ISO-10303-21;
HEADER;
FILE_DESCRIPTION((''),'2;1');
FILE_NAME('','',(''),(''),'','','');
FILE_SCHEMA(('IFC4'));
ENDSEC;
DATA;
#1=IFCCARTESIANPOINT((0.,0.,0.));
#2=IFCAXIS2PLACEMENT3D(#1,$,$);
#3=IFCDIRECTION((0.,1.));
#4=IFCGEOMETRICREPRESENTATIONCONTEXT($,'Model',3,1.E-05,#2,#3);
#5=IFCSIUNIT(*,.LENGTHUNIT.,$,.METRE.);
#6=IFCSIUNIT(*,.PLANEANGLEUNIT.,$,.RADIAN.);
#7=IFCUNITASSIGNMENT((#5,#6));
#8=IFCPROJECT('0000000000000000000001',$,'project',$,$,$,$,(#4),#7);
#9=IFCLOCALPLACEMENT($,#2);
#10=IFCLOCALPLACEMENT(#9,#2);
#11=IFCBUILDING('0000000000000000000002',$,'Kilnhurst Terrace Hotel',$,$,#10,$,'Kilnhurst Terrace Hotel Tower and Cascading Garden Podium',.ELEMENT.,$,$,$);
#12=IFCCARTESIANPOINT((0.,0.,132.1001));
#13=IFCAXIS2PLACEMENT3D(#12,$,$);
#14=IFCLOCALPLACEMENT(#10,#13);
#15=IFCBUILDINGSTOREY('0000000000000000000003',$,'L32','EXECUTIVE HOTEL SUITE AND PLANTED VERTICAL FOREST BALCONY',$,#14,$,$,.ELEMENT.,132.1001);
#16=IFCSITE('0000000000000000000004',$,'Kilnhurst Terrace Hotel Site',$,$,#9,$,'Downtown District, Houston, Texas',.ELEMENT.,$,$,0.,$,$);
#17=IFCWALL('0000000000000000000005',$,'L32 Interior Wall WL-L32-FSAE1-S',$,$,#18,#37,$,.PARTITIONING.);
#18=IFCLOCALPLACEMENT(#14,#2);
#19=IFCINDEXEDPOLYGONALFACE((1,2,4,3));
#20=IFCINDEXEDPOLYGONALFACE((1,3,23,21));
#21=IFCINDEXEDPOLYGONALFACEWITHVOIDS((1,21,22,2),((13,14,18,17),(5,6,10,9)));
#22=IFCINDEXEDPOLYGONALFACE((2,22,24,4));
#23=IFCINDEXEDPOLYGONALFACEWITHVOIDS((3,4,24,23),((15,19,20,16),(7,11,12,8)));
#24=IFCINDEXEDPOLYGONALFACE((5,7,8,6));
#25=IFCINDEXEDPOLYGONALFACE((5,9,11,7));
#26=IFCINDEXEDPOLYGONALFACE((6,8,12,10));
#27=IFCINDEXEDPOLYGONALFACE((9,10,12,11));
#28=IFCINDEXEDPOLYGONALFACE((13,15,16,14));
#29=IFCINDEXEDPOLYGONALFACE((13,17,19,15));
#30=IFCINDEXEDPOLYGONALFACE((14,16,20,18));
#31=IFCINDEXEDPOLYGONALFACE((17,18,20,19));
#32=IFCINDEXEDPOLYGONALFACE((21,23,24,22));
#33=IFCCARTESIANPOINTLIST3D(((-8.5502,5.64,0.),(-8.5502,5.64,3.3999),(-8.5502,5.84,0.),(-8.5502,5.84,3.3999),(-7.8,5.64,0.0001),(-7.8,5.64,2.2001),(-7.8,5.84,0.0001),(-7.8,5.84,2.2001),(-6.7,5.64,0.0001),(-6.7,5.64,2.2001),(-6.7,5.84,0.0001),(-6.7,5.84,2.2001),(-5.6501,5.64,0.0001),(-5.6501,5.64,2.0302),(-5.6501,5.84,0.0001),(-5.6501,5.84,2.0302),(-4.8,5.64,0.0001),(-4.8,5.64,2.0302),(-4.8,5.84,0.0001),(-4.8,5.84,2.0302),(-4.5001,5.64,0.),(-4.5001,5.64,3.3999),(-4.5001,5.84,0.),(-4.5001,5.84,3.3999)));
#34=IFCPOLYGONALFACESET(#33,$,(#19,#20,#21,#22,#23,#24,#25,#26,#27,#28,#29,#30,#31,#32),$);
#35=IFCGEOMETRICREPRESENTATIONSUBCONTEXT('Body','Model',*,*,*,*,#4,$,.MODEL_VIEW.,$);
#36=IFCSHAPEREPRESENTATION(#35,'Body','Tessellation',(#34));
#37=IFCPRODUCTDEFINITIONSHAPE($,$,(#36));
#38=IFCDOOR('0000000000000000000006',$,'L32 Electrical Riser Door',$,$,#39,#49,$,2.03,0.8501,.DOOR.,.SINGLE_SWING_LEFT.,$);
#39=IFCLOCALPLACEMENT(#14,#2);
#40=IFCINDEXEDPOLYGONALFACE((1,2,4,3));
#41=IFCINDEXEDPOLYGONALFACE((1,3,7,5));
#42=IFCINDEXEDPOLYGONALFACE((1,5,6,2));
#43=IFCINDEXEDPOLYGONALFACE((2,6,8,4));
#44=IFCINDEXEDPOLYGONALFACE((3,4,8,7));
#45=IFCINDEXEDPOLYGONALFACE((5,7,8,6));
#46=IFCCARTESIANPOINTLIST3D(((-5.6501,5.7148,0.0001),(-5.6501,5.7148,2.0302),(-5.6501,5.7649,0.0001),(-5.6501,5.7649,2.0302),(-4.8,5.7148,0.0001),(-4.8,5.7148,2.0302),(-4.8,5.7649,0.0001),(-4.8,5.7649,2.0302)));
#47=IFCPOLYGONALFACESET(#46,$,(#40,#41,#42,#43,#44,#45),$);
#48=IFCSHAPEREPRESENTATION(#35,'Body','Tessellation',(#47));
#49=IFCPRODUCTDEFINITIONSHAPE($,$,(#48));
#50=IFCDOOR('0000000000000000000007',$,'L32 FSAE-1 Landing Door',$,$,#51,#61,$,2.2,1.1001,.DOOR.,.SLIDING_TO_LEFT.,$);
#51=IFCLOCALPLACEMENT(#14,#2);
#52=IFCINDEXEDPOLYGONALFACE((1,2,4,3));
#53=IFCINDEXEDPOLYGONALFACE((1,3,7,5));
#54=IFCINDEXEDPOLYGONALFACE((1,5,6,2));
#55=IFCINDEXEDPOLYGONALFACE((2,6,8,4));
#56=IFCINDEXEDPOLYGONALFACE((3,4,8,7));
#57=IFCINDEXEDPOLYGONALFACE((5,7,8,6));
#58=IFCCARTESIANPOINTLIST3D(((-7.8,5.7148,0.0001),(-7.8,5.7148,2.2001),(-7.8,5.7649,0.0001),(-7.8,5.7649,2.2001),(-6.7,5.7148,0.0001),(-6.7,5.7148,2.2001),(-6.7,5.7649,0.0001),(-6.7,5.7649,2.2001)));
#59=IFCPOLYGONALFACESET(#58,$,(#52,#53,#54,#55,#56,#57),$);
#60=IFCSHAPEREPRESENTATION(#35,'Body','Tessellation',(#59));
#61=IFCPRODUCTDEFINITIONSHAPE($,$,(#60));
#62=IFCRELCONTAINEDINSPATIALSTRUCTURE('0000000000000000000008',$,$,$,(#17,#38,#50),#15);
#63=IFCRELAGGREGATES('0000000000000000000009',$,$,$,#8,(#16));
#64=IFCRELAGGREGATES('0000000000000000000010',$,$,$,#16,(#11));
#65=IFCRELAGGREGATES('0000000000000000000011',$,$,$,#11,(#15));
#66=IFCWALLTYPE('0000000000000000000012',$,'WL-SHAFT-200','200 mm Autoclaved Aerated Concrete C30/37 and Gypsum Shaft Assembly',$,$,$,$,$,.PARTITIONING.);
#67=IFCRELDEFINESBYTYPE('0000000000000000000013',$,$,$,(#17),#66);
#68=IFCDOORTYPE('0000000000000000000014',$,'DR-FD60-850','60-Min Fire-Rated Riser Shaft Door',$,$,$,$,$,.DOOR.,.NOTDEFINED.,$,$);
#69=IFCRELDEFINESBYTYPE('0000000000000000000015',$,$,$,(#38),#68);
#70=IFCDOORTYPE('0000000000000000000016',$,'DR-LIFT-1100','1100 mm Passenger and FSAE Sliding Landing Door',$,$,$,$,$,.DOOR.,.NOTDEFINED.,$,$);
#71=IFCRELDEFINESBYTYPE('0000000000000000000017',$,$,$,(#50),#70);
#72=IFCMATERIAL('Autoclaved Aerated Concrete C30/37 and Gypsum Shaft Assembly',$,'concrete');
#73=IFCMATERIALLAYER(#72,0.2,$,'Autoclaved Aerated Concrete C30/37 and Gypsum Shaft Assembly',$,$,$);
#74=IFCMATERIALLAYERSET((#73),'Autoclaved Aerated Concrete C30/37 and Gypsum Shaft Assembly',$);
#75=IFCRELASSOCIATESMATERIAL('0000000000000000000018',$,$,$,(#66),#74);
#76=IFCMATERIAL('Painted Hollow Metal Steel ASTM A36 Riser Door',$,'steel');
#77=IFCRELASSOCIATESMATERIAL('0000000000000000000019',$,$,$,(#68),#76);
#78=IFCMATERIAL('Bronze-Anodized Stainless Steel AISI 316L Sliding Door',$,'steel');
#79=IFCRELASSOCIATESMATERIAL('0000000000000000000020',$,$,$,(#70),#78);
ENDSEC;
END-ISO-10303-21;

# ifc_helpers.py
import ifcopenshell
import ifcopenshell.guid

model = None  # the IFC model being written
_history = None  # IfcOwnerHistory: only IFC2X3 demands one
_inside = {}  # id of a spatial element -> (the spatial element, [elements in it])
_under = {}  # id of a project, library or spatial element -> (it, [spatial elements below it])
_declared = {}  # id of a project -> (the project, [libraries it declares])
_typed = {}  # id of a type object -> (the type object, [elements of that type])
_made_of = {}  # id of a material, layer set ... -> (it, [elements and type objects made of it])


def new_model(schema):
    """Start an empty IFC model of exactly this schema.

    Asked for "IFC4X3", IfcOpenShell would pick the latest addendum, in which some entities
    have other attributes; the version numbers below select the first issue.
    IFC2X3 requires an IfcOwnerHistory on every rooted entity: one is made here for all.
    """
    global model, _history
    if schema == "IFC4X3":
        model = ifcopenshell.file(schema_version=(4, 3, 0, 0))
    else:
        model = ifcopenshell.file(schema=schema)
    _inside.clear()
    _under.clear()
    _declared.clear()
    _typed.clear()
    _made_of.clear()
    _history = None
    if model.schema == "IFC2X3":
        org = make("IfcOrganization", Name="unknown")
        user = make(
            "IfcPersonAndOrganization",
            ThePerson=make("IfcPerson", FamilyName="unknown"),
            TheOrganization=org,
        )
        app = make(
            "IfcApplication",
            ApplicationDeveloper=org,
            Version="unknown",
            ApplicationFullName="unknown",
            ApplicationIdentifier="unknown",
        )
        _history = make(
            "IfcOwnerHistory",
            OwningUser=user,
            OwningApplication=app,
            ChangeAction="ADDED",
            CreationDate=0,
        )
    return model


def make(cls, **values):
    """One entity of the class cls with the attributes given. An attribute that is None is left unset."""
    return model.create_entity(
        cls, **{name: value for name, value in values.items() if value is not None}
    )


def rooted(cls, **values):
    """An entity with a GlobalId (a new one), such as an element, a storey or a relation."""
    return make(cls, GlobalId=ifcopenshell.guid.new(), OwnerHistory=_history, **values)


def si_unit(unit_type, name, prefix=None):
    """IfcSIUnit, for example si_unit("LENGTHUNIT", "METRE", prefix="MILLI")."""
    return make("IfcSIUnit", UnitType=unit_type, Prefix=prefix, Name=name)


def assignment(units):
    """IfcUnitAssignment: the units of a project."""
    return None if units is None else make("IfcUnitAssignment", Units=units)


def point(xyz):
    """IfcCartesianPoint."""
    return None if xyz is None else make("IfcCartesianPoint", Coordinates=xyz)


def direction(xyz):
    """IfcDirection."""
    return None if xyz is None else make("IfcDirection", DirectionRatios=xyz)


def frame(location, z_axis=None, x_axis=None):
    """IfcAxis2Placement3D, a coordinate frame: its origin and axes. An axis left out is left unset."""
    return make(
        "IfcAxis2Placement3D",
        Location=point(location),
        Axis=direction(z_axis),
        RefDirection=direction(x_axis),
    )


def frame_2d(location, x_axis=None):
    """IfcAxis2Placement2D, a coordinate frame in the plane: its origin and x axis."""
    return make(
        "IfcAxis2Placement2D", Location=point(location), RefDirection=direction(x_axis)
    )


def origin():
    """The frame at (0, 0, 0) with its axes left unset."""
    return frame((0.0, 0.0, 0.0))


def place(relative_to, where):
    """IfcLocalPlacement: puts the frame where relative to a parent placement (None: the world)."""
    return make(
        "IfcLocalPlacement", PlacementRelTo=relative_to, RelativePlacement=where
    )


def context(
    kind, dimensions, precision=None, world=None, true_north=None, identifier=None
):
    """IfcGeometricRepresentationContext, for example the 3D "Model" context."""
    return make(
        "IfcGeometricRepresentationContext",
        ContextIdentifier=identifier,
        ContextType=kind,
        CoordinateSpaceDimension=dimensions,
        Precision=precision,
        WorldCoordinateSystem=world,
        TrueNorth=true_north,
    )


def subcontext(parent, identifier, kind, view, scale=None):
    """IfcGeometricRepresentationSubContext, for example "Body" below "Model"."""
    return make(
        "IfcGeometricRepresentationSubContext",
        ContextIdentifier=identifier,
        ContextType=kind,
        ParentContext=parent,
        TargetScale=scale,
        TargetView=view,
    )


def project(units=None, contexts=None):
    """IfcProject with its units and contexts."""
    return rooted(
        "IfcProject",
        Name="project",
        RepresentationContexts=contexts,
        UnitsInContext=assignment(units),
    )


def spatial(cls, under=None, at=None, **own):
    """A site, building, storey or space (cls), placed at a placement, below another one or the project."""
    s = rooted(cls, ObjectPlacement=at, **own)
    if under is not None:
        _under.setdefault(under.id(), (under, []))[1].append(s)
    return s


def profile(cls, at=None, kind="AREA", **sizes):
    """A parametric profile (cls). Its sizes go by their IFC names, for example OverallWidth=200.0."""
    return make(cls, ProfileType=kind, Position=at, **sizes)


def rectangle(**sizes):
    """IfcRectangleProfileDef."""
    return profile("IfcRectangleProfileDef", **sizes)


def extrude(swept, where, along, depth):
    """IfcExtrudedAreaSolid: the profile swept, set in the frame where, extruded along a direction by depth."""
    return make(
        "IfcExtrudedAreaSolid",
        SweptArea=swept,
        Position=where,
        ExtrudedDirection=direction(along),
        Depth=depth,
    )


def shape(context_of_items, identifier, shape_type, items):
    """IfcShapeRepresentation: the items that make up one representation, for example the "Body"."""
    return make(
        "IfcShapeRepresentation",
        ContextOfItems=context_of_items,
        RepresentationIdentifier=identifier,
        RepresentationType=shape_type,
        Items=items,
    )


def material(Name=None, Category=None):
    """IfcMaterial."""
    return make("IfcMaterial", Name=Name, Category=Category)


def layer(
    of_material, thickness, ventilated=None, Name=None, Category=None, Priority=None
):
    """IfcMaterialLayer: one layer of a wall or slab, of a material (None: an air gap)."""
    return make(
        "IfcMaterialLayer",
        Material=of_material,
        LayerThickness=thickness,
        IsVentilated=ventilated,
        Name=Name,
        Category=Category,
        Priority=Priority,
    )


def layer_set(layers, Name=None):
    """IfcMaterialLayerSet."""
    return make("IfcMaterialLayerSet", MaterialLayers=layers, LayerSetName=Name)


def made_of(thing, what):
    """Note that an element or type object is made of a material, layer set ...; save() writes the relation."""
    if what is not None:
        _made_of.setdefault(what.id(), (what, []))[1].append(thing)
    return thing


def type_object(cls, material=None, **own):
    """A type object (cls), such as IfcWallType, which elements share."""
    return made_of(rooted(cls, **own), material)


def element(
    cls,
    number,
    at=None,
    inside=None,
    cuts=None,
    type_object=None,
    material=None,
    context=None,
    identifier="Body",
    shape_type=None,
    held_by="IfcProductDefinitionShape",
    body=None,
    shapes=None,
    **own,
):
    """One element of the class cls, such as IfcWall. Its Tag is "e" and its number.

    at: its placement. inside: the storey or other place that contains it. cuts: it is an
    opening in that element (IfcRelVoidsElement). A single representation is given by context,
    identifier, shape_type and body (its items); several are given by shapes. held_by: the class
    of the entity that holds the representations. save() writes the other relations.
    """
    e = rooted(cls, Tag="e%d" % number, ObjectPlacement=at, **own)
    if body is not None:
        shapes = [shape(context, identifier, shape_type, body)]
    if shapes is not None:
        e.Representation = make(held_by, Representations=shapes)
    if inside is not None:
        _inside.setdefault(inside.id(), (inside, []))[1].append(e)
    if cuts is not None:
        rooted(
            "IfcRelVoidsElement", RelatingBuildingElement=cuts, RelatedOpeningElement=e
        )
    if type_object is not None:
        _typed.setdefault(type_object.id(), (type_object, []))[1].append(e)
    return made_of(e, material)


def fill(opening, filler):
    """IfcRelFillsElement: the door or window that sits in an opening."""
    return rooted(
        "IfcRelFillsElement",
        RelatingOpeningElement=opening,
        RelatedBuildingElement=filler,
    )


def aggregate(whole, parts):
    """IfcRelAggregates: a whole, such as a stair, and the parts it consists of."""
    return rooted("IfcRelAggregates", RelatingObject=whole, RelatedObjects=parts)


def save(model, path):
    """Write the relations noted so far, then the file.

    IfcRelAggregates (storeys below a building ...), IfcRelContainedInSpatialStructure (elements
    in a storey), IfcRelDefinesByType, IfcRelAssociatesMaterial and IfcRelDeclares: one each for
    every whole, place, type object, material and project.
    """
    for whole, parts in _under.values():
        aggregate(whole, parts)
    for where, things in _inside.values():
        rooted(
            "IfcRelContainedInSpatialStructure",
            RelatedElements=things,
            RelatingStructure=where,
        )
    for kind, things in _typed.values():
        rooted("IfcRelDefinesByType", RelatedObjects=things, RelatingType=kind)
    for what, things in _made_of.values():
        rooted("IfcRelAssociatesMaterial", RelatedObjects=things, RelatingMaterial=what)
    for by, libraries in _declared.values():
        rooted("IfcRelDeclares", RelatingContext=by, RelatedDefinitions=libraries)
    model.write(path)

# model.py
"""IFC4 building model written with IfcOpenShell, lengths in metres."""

from ifc_helpers import new_model, si_unit, direction, frame, frame_2d, origin, place, context, subcontext, project, spatial, rectangle, extrude, material, layer, layer_set, type_object, element, fill, save


model = new_model("IFC4")

# Units and contexts
model_context = context("Model", 3, precision=1e-05, world=origin(), true_north=direction((0.0, 1.0)))
body_context = subcontext(model_context, "Body", "Model", "MODEL_VIEW")
ifc_project = project(units=[si_unit("LENGTHUNIT", "METRE"), si_unit("PLANEANGLEUNIT", "RADIAN")], contexts=[model_context])

# Site, building, storey
site_placement = place(None, origin())
site = spatial("IfcSite", under=ifc_project, at=site_placement, Name="Kilnhurst Terrace Hotel Site", LongName="Downtown District, Houston, Texas", CompositionType="ELEMENT", RefElevation=0.0)
building_placement = place(site_placement, origin())
building = spatial("IfcBuilding", under=site, at=building_placement, Name="Kilnhurst Terrace Hotel", LongName="Kilnhurst Terrace Hotel Tower and Cascading Garden Podium", CompositionType="ELEMENT")
storey_placement = place(building_placement, frame((0.0, 0.0, 132.1001)))
storey = spatial("IfcBuildingStorey", under=building, at=storey_placement, Name="L32", Description="EXECUTIVE HOTEL SUITE AND PLANTED VERTICAL FOREST BALCONY", CompositionType="ELEMENT", Elevation=132.1001)

# Wall, openings, doors
ifc_material_1 = material(Name="Autoclaved Aerated Concrete C30/37 and Gypsum Shaft Assembly", Category="concrete")
ifc_layer_1 = layer(ifc_material_1, 0.2, Name="Autoclaved Aerated Concrete C30/37 and Gypsum Shaft Assembly")
ifc_layer_set_1 = layer_set([ifc_layer_1], Name="Autoclaved Aerated Concrete C30/37 and Gypsum Shaft Assembly")
wall_type_1 = type_object("IfcWallType", Name="WL-SHAFT-200", Description="200 mm Autoclaved Aerated Concrete C30/37 and Gypsum Shaft Assembly", PredefinedType="PARTITIONING", material=ifc_layer_set_1)
wall_1_placement = place(storey_placement, frame((-8.55, 5.74, 0.0), z_axis=(0.0, 0.0, 1.0), x_axis=(1.0, 0.0, 0.0)))
wall_1 = element("IfcWall", 1, at=wall_1_placement, inside=storey, type_object=wall_type_1, Name="L32 Interior Wall WL-L32-FSAE1-S", PredefinedType="PARTITIONING", context=body_context, shape_type="SweptSolid", body=[
    extrude(rectangle(XDim=4.05, YDim=0.2, at=frame_2d((2.0249, 0.0))), origin(), (0.0, 0.0, 1.0), 3.3999),
])
opening_1_placement = place(wall_1_placement, frame((0.75, 0.0, 0.0)))
opening_1 = element("IfcOpeningElement", 2, at=opening_1_placement, cuts=wall_1, PredefinedType="OPENING", context=body_context, shape_type="SweptSolid", body=[
    extrude(rectangle(XDim=1.1001, YDim=2.2, at=frame_2d((0.55, 1.1001))), frame((0.0, 0.1099, 0.0), z_axis=(0.0, -1.0, 0.0), x_axis=(1.0, 0.0, 0.0)), (0.0, 0.0, 1.0), 0.22),
])
opening_2_placement = place(wall_1_placement, frame((2.8999, 0.0, 0.0)))
opening_2 = element("IfcOpeningElement", 3, at=opening_2_placement, cuts=wall_1, PredefinedType="OPENING", context=body_context, shape_type="SweptSolid", body=[
    extrude(rectangle(XDim=0.8501, YDim=2.03, at=frame_2d((0.425, 1.0151))), frame((0.0, 0.1099, 0.0), z_axis=(0.0, -1.0, 0.0), x_axis=(1.0, 0.0, 0.0)), (0.0, 0.0, 1.0), 0.22),
])
ifc_material_2 = material(Name="Painted Hollow Metal Steel ASTM A36 Riser Door", Category="steel")
door_type_1 = type_object("IfcDoorType", Name="DR-FD60-850", Description="60-Min Fire-Rated Riser Shaft Door", OperationType="NOTDEFINED", PredefinedType="DOOR", material=ifc_material_2)
door_1_placement = place(opening_2_placement, origin())
door_1 = element("IfcDoor", 4, at=door_1_placement, inside=storey, type_object=door_type_1, Name="L32 Electrical Riser Door", OperationType="SINGLE_SWING_LEFT", OverallHeight=2.03, OverallWidth=0.8501, PredefinedType="DOOR", context=body_context, shape_type="SweptSolid", body=[
    extrude(rectangle(XDim=0.8501, YDim=2.03, at=frame_2d((0.425, 1.0151))), frame((0.0, 0.0249, 0.0), z_axis=(0.0, -1.0, 0.0), x_axis=(1.0, 0.0, 0.0)), (0.0, 0.0, 1.0), 0.05),
])
fill(opening_2, door_1)
ifc_material_3 = material(Name="Bronze-Anodized Stainless Steel AISI 316L Sliding Door", Category="steel")
door_type_2 = type_object("IfcDoorType", Name="DR-LIFT-1100", Description="1100 mm Passenger and FSAE Sliding Landing Door", OperationType="NOTDEFINED", PredefinedType="DOOR", material=ifc_material_3)
door_2_placement = place(opening_1_placement, origin())
door_2 = element("IfcDoor", 5, at=door_2_placement, inside=storey, type_object=door_type_2, Name="L32 FSAE-1 Landing Door", OperationType="SLIDING_TO_LEFT", OverallHeight=2.2, OverallWidth=1.1001, PredefinedType="DOOR", context=body_context, shape_type="SweptSolid", body=[
    extrude(rectangle(XDim=1.1001, YDim=2.2, at=frame_2d((0.55, 1.1001))), frame((0.0, 0.0249, 0.0), z_axis=(0.0, -1.0, 0.0), x_axis=(1.0, 0.0, 0.0)), (0.0, 0.0, 1.0), 0.05),
])
fill(opening_1, door_2)

save(model, "model.ifc")
